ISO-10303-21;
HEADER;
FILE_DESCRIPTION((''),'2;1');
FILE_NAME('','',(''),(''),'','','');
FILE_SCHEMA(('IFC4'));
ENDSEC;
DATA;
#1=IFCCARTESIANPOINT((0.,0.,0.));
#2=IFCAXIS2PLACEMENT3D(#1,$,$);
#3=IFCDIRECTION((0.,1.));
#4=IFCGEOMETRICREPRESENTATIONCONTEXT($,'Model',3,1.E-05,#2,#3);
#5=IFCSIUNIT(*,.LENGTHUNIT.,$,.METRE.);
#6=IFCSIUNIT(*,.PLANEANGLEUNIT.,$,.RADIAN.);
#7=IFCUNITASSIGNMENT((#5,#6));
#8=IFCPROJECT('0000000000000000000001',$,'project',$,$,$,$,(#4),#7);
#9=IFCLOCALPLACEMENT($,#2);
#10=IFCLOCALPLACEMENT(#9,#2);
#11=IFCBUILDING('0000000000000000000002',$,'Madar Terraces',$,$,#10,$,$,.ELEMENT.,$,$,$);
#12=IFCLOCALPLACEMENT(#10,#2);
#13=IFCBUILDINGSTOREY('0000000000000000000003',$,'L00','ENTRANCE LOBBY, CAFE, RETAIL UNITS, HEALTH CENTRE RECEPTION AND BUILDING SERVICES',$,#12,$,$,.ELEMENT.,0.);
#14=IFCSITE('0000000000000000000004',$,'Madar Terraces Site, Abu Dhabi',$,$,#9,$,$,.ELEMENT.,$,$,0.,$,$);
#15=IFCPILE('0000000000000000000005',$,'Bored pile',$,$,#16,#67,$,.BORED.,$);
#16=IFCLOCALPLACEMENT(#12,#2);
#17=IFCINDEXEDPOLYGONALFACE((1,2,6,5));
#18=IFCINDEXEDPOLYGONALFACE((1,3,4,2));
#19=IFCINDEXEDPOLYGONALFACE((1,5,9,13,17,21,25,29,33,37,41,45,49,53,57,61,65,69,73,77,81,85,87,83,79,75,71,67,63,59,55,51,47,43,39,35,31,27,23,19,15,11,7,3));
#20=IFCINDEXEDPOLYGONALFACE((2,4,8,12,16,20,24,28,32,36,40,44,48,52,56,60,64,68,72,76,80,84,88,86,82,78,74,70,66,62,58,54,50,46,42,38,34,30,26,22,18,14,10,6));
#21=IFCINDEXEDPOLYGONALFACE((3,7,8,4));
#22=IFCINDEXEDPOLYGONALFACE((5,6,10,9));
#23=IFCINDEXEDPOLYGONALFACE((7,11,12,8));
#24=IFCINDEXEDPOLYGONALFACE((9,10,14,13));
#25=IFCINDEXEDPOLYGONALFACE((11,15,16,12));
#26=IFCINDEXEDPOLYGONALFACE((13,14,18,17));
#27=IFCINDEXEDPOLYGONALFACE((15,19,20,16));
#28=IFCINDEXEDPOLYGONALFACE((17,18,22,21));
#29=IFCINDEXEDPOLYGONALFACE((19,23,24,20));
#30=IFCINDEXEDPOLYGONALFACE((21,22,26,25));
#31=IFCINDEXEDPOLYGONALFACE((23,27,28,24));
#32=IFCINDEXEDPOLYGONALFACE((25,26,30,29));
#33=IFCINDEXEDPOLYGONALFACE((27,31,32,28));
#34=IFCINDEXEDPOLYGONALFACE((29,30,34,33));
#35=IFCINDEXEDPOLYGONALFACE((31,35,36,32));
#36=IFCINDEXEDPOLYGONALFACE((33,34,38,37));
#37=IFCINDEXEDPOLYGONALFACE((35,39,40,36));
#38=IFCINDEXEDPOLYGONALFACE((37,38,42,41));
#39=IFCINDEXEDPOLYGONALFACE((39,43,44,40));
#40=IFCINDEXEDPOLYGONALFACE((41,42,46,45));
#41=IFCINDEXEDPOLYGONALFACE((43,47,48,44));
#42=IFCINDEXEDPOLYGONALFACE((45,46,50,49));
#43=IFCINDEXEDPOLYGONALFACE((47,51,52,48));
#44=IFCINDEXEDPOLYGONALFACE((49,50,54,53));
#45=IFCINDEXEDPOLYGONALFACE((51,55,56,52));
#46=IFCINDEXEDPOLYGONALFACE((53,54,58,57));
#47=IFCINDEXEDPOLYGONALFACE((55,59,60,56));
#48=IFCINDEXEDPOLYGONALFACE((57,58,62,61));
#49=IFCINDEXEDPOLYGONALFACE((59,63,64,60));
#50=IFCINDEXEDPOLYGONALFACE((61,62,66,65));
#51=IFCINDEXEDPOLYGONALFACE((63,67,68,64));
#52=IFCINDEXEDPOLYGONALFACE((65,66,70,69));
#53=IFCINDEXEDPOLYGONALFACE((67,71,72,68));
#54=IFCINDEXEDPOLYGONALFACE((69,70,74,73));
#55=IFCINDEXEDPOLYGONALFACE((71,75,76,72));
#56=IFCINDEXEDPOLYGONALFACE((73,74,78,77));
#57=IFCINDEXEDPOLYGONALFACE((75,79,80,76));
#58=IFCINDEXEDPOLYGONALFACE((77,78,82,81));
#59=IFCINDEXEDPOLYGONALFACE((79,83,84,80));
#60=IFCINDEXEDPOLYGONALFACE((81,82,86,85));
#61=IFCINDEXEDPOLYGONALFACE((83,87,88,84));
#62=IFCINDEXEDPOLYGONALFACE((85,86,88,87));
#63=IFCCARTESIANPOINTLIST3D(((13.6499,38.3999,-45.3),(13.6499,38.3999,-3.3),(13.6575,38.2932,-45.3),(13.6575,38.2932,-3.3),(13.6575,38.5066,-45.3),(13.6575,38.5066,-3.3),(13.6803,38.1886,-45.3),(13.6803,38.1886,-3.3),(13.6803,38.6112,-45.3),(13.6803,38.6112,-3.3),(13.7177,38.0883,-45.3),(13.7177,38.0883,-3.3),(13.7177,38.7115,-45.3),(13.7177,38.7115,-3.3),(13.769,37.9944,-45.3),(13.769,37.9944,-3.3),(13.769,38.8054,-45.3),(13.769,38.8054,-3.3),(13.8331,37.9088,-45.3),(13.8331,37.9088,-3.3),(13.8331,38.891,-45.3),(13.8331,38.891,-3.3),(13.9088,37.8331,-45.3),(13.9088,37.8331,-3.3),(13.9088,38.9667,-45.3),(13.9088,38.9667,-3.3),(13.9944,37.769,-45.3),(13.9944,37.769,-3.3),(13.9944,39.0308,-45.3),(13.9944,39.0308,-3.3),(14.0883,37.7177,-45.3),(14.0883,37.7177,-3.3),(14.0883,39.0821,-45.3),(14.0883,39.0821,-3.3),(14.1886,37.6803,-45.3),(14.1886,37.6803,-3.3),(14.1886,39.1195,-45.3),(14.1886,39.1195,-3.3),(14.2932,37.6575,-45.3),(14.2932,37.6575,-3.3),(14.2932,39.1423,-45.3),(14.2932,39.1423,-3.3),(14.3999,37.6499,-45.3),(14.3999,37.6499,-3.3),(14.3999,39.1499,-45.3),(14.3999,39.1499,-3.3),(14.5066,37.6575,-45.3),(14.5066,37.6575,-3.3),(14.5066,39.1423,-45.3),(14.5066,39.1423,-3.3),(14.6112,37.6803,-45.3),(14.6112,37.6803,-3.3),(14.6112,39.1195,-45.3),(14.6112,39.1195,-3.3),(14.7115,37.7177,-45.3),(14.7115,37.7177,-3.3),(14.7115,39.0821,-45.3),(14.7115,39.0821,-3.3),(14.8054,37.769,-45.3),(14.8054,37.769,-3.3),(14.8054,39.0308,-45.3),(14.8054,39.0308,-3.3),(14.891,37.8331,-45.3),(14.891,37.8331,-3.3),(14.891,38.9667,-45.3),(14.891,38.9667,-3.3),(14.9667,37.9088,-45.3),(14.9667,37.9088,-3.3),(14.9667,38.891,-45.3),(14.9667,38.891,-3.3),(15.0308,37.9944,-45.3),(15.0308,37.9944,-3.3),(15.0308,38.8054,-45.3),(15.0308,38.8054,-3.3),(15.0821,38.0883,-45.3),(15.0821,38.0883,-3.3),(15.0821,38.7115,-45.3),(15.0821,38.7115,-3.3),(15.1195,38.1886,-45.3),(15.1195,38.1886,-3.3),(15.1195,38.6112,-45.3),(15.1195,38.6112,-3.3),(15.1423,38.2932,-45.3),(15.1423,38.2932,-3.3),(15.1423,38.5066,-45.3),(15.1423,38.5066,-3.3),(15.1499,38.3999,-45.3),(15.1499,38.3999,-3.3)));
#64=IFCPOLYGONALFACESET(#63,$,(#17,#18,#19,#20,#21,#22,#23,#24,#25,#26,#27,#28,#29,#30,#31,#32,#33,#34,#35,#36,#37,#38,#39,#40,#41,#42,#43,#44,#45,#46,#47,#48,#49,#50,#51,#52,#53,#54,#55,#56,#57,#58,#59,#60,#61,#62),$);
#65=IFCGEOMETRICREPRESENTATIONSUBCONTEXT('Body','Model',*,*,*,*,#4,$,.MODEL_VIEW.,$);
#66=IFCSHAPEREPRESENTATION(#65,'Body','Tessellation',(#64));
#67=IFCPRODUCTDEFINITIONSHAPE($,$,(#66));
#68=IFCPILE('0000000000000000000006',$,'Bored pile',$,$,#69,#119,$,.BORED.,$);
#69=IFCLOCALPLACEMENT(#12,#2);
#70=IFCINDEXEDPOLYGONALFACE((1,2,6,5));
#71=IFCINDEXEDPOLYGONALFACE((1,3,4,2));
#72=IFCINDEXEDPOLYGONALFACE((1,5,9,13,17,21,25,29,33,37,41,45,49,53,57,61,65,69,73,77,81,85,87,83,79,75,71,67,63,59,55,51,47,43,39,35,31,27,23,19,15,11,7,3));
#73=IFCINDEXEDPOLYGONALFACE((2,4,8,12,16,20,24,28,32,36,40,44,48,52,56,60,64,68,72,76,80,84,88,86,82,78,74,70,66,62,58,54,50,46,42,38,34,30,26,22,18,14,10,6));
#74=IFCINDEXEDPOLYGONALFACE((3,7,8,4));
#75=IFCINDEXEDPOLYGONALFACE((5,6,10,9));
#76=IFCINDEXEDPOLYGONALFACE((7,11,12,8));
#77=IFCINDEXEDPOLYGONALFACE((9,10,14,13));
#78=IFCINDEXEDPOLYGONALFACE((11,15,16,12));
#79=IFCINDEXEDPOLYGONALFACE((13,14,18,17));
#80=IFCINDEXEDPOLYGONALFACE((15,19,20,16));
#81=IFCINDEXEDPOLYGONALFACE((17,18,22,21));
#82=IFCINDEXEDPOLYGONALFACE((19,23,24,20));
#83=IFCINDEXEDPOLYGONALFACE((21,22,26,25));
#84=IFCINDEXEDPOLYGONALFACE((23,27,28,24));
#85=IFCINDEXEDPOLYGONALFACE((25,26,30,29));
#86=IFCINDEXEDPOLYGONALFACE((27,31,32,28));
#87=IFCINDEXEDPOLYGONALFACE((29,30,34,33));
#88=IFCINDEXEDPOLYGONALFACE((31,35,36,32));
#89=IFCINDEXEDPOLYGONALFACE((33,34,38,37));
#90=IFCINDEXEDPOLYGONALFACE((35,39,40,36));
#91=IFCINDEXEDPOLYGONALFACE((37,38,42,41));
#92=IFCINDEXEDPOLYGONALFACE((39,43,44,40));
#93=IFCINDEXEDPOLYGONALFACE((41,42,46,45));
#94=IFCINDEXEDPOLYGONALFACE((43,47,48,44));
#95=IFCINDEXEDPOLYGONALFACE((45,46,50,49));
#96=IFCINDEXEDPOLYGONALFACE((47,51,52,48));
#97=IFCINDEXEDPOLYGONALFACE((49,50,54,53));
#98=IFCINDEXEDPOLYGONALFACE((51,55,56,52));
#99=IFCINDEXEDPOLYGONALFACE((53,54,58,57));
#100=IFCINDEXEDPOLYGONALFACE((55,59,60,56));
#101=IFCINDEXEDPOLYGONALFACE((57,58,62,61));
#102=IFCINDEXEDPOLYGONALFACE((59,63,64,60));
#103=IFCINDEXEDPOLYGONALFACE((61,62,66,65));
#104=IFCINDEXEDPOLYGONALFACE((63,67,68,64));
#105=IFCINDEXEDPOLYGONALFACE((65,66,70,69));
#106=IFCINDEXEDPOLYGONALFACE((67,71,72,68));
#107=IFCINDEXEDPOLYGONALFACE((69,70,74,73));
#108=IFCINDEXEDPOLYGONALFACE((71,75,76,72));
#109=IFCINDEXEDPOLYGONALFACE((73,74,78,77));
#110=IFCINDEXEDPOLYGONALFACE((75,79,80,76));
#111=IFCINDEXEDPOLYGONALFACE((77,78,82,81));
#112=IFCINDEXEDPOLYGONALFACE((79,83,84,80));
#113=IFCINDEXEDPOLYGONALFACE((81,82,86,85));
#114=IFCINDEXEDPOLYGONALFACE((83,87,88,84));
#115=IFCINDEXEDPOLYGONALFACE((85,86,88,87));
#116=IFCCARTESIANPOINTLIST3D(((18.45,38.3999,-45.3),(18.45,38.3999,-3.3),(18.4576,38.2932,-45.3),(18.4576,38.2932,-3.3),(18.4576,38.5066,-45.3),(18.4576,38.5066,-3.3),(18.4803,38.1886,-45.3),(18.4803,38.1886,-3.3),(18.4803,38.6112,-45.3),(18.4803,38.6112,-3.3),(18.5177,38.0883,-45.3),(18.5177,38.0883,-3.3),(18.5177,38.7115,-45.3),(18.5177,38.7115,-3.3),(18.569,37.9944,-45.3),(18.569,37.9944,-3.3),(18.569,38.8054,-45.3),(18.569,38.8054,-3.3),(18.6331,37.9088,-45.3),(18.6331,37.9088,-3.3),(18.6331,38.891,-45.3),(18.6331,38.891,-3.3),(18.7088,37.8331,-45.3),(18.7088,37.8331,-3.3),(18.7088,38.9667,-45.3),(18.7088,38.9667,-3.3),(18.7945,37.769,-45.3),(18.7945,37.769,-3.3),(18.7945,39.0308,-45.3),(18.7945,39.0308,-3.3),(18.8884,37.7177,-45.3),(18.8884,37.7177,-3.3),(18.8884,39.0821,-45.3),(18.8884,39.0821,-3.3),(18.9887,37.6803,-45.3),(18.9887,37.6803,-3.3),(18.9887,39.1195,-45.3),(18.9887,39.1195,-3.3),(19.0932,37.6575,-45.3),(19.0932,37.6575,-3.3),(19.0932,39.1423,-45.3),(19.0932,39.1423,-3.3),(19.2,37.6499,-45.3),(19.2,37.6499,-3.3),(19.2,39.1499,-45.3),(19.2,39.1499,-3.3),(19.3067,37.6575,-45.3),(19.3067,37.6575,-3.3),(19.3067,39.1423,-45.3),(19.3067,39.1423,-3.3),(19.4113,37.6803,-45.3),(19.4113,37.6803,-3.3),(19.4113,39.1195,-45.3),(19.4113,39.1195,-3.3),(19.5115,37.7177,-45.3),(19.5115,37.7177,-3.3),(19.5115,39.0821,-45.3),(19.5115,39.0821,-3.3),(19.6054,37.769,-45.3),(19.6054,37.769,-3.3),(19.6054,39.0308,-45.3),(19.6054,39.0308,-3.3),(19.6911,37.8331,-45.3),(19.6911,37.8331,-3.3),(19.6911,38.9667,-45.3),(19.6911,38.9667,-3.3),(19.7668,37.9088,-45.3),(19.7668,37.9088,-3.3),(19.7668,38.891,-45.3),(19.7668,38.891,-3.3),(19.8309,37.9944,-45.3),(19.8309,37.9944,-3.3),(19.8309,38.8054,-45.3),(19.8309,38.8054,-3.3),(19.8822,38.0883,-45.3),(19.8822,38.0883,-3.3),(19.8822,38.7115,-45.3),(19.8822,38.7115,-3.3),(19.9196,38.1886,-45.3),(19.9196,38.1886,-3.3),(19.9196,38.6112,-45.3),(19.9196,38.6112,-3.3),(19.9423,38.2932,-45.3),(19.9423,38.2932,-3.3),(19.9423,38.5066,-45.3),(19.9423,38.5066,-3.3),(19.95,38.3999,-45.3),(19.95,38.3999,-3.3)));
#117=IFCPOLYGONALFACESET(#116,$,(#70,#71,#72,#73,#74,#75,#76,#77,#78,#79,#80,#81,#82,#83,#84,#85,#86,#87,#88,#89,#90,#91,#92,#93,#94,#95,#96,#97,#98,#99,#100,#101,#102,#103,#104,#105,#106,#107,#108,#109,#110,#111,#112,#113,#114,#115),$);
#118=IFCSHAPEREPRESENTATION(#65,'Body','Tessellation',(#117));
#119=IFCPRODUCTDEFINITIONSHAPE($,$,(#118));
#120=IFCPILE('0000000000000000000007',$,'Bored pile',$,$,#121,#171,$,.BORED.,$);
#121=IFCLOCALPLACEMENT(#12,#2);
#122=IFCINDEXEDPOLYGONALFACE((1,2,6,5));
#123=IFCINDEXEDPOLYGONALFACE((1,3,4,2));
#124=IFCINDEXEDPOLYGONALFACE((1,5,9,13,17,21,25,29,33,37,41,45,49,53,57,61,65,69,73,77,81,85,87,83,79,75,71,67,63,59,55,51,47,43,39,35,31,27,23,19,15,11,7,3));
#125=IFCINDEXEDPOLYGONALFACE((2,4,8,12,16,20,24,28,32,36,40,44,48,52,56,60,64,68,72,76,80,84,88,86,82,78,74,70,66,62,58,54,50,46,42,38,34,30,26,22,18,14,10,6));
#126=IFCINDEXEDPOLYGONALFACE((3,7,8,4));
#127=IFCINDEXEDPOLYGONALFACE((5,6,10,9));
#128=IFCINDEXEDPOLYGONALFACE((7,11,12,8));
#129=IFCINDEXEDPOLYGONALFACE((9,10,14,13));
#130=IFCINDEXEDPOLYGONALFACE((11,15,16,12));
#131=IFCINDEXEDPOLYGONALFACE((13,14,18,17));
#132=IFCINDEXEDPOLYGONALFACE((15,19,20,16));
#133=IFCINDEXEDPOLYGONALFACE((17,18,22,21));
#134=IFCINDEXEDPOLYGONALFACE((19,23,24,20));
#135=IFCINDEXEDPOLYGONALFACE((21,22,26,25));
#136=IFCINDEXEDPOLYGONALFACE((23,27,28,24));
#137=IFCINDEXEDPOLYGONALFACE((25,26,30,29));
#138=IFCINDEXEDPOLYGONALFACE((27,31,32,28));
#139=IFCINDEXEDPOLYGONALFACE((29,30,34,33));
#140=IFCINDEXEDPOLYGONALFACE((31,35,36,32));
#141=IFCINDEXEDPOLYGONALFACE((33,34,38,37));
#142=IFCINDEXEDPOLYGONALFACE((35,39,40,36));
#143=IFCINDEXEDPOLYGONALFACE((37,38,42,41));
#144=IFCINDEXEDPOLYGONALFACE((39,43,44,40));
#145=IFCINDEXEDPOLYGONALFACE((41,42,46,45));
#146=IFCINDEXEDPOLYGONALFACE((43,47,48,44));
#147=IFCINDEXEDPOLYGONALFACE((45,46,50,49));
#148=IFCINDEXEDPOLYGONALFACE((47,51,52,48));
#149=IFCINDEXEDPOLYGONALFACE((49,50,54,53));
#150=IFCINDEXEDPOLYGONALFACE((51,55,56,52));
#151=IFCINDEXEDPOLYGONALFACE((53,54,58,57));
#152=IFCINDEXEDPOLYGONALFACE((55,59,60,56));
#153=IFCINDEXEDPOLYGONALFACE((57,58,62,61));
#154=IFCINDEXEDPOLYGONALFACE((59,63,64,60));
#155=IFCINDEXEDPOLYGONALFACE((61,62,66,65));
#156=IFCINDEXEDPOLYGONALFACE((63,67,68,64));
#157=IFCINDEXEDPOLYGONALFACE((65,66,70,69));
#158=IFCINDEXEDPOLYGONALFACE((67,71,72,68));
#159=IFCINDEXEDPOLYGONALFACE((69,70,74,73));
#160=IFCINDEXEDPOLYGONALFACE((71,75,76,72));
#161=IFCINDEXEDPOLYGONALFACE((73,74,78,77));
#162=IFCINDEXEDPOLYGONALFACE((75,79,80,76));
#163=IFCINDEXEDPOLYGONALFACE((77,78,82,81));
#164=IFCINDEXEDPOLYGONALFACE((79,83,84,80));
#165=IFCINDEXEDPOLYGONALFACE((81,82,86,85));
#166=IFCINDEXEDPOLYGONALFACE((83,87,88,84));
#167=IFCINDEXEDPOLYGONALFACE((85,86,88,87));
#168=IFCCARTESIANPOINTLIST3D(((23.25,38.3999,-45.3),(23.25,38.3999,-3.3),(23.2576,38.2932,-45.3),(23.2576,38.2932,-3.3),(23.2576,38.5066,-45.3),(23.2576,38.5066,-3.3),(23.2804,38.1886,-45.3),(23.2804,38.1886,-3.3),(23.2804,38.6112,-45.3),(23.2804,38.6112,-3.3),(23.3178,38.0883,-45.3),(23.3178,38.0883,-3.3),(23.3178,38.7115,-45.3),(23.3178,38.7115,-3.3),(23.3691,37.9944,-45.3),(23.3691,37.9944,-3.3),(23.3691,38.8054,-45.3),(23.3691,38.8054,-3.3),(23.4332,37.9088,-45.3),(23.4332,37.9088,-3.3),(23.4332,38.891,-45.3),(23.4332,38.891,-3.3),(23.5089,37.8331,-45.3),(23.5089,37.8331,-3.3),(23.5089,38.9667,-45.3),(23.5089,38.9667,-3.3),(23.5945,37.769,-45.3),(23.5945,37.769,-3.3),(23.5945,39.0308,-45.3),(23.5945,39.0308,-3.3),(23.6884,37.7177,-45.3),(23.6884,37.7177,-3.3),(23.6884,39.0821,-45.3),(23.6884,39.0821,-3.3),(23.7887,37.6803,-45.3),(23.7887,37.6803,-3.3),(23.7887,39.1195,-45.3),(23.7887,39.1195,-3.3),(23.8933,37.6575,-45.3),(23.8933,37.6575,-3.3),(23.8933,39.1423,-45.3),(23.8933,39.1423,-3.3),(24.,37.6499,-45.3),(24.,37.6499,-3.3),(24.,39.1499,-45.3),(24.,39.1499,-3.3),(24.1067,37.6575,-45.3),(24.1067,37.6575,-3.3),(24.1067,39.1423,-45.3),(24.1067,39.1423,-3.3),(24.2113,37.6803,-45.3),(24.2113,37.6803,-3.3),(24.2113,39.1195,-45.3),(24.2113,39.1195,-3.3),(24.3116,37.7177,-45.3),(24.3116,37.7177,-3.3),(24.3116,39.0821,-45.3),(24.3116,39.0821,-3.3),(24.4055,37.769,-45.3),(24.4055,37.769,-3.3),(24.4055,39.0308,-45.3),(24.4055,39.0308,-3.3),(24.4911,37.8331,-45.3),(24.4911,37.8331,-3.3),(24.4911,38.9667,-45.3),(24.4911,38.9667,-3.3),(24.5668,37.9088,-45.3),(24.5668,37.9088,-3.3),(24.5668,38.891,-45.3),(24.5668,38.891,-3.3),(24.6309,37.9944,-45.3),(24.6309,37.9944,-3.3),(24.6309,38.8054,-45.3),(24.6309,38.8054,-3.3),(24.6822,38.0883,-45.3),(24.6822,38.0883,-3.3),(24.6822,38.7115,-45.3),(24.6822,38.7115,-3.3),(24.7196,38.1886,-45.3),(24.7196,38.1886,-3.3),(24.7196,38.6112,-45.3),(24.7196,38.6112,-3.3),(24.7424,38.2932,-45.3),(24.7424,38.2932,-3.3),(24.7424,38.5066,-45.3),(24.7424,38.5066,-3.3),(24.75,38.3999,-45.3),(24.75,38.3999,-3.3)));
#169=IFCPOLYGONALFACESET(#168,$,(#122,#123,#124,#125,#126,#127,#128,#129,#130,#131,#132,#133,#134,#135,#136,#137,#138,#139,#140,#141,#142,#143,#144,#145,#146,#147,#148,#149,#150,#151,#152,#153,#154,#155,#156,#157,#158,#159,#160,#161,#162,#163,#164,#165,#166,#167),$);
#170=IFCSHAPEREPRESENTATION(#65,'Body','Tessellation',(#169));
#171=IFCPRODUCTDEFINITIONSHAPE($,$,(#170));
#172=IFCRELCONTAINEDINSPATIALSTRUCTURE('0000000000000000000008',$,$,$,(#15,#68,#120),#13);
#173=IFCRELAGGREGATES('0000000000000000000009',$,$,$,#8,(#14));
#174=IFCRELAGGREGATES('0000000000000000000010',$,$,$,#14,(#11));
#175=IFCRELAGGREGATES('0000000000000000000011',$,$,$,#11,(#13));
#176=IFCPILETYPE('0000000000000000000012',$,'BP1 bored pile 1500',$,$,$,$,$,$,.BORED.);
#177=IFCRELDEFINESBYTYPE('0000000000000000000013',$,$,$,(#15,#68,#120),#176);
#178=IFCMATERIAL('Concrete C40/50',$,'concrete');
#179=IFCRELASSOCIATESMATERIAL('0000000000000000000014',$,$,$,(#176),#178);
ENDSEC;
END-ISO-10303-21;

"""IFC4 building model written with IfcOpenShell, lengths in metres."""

from ifc_helpers import new_model, si_unit, direction, frame, origin, origin_2d, place, context, subcontext, project, spatial, circle, extrude, material, material_profile, profile_set, type_object, element, save


model = new_model("IFC4")

# Units and contexts
model_context = context("Model", 3, precision=1e-05, world=origin(), true_north=direction((0.0, 1.0)))
body_context = subcontext(model_context, "Body", "Model", "MODEL_VIEW")
ifc_project = project(units=[si_unit("LENGTHUNIT", "METRE"), si_unit("PLANEANGLEUNIT", "RADIAN")], contexts=[model_context])

# Site, building, storey
site_placement = place(None, origin())
site = spatial("IfcSite", under=ifc_project, at=site_placement, Name="Madar Terraces Site, Abu Dhabi", CompositionType="ELEMENT", RefElevation=0.0)
building_placement = place(site_placement, origin())
building = spatial("IfcBuilding", under=site, at=building_placement, Name="Madar Terraces", CompositionType="ELEMENT")
storey_placement = place(building_placement, origin())
storey = spatial("IfcBuildingStorey", under=building, at=storey_placement, Name="L00", Description="ENTRANCE LOBBY, CAFE, RETAIL UNITS, HEALTH CENTRE RECEPTION AND BUILDING SERVICES", CompositionType="ELEMENT", Elevation=0.0)

# Piles
ifc_material_1 = material(Name="Concrete C40/50", Category="concrete")
ifc_material_profile_1 = material_profile(ifc_material_1, circle(Radius=0.75, at=origin_2d()), Name="BP1 bored pile 1500")
ifc_profile_set_1 = profile_set([ifc_material_profile_1], Name="Concrete C40/50")
pile_type = type_object("IfcPileType", Name="BP1 bored pile 1500", PredefinedType="BORED", material=ifc_profile_set_1)
for number, where, z_axis, x_axis, name in (
    (1, (14.3999, 38.3999, -3.3), (0.0, 0.0, -1.0), (1.0, 0.0, 0.0), "Bored pile"),
    (2, (19.2, 38.3999, -3.3), (0.0, 0.0, -1.0), (1.0, 0.0, 0.0), "Bored pile"),
    (3, (24.0, 38.3999, -3.3), (0.0, 0.0, -1.0), (1.0, 0.0, 0.0), "Bored pile"),
):
    element("IfcPile", number, at=place(storey_placement, frame(where, z_axis=z_axis, x_axis=x_axis)), inside=storey, type_object=pile_type, Name=name, PredefinedType="BORED", context=body_context, shape_type="SweptSolid", body=[
        extrude(circle(Radius=0.75, at=origin_2d()), origin(), (0.0, 0.0, 1.0), 42.0),
    ])

save(model, "model.ifc")
